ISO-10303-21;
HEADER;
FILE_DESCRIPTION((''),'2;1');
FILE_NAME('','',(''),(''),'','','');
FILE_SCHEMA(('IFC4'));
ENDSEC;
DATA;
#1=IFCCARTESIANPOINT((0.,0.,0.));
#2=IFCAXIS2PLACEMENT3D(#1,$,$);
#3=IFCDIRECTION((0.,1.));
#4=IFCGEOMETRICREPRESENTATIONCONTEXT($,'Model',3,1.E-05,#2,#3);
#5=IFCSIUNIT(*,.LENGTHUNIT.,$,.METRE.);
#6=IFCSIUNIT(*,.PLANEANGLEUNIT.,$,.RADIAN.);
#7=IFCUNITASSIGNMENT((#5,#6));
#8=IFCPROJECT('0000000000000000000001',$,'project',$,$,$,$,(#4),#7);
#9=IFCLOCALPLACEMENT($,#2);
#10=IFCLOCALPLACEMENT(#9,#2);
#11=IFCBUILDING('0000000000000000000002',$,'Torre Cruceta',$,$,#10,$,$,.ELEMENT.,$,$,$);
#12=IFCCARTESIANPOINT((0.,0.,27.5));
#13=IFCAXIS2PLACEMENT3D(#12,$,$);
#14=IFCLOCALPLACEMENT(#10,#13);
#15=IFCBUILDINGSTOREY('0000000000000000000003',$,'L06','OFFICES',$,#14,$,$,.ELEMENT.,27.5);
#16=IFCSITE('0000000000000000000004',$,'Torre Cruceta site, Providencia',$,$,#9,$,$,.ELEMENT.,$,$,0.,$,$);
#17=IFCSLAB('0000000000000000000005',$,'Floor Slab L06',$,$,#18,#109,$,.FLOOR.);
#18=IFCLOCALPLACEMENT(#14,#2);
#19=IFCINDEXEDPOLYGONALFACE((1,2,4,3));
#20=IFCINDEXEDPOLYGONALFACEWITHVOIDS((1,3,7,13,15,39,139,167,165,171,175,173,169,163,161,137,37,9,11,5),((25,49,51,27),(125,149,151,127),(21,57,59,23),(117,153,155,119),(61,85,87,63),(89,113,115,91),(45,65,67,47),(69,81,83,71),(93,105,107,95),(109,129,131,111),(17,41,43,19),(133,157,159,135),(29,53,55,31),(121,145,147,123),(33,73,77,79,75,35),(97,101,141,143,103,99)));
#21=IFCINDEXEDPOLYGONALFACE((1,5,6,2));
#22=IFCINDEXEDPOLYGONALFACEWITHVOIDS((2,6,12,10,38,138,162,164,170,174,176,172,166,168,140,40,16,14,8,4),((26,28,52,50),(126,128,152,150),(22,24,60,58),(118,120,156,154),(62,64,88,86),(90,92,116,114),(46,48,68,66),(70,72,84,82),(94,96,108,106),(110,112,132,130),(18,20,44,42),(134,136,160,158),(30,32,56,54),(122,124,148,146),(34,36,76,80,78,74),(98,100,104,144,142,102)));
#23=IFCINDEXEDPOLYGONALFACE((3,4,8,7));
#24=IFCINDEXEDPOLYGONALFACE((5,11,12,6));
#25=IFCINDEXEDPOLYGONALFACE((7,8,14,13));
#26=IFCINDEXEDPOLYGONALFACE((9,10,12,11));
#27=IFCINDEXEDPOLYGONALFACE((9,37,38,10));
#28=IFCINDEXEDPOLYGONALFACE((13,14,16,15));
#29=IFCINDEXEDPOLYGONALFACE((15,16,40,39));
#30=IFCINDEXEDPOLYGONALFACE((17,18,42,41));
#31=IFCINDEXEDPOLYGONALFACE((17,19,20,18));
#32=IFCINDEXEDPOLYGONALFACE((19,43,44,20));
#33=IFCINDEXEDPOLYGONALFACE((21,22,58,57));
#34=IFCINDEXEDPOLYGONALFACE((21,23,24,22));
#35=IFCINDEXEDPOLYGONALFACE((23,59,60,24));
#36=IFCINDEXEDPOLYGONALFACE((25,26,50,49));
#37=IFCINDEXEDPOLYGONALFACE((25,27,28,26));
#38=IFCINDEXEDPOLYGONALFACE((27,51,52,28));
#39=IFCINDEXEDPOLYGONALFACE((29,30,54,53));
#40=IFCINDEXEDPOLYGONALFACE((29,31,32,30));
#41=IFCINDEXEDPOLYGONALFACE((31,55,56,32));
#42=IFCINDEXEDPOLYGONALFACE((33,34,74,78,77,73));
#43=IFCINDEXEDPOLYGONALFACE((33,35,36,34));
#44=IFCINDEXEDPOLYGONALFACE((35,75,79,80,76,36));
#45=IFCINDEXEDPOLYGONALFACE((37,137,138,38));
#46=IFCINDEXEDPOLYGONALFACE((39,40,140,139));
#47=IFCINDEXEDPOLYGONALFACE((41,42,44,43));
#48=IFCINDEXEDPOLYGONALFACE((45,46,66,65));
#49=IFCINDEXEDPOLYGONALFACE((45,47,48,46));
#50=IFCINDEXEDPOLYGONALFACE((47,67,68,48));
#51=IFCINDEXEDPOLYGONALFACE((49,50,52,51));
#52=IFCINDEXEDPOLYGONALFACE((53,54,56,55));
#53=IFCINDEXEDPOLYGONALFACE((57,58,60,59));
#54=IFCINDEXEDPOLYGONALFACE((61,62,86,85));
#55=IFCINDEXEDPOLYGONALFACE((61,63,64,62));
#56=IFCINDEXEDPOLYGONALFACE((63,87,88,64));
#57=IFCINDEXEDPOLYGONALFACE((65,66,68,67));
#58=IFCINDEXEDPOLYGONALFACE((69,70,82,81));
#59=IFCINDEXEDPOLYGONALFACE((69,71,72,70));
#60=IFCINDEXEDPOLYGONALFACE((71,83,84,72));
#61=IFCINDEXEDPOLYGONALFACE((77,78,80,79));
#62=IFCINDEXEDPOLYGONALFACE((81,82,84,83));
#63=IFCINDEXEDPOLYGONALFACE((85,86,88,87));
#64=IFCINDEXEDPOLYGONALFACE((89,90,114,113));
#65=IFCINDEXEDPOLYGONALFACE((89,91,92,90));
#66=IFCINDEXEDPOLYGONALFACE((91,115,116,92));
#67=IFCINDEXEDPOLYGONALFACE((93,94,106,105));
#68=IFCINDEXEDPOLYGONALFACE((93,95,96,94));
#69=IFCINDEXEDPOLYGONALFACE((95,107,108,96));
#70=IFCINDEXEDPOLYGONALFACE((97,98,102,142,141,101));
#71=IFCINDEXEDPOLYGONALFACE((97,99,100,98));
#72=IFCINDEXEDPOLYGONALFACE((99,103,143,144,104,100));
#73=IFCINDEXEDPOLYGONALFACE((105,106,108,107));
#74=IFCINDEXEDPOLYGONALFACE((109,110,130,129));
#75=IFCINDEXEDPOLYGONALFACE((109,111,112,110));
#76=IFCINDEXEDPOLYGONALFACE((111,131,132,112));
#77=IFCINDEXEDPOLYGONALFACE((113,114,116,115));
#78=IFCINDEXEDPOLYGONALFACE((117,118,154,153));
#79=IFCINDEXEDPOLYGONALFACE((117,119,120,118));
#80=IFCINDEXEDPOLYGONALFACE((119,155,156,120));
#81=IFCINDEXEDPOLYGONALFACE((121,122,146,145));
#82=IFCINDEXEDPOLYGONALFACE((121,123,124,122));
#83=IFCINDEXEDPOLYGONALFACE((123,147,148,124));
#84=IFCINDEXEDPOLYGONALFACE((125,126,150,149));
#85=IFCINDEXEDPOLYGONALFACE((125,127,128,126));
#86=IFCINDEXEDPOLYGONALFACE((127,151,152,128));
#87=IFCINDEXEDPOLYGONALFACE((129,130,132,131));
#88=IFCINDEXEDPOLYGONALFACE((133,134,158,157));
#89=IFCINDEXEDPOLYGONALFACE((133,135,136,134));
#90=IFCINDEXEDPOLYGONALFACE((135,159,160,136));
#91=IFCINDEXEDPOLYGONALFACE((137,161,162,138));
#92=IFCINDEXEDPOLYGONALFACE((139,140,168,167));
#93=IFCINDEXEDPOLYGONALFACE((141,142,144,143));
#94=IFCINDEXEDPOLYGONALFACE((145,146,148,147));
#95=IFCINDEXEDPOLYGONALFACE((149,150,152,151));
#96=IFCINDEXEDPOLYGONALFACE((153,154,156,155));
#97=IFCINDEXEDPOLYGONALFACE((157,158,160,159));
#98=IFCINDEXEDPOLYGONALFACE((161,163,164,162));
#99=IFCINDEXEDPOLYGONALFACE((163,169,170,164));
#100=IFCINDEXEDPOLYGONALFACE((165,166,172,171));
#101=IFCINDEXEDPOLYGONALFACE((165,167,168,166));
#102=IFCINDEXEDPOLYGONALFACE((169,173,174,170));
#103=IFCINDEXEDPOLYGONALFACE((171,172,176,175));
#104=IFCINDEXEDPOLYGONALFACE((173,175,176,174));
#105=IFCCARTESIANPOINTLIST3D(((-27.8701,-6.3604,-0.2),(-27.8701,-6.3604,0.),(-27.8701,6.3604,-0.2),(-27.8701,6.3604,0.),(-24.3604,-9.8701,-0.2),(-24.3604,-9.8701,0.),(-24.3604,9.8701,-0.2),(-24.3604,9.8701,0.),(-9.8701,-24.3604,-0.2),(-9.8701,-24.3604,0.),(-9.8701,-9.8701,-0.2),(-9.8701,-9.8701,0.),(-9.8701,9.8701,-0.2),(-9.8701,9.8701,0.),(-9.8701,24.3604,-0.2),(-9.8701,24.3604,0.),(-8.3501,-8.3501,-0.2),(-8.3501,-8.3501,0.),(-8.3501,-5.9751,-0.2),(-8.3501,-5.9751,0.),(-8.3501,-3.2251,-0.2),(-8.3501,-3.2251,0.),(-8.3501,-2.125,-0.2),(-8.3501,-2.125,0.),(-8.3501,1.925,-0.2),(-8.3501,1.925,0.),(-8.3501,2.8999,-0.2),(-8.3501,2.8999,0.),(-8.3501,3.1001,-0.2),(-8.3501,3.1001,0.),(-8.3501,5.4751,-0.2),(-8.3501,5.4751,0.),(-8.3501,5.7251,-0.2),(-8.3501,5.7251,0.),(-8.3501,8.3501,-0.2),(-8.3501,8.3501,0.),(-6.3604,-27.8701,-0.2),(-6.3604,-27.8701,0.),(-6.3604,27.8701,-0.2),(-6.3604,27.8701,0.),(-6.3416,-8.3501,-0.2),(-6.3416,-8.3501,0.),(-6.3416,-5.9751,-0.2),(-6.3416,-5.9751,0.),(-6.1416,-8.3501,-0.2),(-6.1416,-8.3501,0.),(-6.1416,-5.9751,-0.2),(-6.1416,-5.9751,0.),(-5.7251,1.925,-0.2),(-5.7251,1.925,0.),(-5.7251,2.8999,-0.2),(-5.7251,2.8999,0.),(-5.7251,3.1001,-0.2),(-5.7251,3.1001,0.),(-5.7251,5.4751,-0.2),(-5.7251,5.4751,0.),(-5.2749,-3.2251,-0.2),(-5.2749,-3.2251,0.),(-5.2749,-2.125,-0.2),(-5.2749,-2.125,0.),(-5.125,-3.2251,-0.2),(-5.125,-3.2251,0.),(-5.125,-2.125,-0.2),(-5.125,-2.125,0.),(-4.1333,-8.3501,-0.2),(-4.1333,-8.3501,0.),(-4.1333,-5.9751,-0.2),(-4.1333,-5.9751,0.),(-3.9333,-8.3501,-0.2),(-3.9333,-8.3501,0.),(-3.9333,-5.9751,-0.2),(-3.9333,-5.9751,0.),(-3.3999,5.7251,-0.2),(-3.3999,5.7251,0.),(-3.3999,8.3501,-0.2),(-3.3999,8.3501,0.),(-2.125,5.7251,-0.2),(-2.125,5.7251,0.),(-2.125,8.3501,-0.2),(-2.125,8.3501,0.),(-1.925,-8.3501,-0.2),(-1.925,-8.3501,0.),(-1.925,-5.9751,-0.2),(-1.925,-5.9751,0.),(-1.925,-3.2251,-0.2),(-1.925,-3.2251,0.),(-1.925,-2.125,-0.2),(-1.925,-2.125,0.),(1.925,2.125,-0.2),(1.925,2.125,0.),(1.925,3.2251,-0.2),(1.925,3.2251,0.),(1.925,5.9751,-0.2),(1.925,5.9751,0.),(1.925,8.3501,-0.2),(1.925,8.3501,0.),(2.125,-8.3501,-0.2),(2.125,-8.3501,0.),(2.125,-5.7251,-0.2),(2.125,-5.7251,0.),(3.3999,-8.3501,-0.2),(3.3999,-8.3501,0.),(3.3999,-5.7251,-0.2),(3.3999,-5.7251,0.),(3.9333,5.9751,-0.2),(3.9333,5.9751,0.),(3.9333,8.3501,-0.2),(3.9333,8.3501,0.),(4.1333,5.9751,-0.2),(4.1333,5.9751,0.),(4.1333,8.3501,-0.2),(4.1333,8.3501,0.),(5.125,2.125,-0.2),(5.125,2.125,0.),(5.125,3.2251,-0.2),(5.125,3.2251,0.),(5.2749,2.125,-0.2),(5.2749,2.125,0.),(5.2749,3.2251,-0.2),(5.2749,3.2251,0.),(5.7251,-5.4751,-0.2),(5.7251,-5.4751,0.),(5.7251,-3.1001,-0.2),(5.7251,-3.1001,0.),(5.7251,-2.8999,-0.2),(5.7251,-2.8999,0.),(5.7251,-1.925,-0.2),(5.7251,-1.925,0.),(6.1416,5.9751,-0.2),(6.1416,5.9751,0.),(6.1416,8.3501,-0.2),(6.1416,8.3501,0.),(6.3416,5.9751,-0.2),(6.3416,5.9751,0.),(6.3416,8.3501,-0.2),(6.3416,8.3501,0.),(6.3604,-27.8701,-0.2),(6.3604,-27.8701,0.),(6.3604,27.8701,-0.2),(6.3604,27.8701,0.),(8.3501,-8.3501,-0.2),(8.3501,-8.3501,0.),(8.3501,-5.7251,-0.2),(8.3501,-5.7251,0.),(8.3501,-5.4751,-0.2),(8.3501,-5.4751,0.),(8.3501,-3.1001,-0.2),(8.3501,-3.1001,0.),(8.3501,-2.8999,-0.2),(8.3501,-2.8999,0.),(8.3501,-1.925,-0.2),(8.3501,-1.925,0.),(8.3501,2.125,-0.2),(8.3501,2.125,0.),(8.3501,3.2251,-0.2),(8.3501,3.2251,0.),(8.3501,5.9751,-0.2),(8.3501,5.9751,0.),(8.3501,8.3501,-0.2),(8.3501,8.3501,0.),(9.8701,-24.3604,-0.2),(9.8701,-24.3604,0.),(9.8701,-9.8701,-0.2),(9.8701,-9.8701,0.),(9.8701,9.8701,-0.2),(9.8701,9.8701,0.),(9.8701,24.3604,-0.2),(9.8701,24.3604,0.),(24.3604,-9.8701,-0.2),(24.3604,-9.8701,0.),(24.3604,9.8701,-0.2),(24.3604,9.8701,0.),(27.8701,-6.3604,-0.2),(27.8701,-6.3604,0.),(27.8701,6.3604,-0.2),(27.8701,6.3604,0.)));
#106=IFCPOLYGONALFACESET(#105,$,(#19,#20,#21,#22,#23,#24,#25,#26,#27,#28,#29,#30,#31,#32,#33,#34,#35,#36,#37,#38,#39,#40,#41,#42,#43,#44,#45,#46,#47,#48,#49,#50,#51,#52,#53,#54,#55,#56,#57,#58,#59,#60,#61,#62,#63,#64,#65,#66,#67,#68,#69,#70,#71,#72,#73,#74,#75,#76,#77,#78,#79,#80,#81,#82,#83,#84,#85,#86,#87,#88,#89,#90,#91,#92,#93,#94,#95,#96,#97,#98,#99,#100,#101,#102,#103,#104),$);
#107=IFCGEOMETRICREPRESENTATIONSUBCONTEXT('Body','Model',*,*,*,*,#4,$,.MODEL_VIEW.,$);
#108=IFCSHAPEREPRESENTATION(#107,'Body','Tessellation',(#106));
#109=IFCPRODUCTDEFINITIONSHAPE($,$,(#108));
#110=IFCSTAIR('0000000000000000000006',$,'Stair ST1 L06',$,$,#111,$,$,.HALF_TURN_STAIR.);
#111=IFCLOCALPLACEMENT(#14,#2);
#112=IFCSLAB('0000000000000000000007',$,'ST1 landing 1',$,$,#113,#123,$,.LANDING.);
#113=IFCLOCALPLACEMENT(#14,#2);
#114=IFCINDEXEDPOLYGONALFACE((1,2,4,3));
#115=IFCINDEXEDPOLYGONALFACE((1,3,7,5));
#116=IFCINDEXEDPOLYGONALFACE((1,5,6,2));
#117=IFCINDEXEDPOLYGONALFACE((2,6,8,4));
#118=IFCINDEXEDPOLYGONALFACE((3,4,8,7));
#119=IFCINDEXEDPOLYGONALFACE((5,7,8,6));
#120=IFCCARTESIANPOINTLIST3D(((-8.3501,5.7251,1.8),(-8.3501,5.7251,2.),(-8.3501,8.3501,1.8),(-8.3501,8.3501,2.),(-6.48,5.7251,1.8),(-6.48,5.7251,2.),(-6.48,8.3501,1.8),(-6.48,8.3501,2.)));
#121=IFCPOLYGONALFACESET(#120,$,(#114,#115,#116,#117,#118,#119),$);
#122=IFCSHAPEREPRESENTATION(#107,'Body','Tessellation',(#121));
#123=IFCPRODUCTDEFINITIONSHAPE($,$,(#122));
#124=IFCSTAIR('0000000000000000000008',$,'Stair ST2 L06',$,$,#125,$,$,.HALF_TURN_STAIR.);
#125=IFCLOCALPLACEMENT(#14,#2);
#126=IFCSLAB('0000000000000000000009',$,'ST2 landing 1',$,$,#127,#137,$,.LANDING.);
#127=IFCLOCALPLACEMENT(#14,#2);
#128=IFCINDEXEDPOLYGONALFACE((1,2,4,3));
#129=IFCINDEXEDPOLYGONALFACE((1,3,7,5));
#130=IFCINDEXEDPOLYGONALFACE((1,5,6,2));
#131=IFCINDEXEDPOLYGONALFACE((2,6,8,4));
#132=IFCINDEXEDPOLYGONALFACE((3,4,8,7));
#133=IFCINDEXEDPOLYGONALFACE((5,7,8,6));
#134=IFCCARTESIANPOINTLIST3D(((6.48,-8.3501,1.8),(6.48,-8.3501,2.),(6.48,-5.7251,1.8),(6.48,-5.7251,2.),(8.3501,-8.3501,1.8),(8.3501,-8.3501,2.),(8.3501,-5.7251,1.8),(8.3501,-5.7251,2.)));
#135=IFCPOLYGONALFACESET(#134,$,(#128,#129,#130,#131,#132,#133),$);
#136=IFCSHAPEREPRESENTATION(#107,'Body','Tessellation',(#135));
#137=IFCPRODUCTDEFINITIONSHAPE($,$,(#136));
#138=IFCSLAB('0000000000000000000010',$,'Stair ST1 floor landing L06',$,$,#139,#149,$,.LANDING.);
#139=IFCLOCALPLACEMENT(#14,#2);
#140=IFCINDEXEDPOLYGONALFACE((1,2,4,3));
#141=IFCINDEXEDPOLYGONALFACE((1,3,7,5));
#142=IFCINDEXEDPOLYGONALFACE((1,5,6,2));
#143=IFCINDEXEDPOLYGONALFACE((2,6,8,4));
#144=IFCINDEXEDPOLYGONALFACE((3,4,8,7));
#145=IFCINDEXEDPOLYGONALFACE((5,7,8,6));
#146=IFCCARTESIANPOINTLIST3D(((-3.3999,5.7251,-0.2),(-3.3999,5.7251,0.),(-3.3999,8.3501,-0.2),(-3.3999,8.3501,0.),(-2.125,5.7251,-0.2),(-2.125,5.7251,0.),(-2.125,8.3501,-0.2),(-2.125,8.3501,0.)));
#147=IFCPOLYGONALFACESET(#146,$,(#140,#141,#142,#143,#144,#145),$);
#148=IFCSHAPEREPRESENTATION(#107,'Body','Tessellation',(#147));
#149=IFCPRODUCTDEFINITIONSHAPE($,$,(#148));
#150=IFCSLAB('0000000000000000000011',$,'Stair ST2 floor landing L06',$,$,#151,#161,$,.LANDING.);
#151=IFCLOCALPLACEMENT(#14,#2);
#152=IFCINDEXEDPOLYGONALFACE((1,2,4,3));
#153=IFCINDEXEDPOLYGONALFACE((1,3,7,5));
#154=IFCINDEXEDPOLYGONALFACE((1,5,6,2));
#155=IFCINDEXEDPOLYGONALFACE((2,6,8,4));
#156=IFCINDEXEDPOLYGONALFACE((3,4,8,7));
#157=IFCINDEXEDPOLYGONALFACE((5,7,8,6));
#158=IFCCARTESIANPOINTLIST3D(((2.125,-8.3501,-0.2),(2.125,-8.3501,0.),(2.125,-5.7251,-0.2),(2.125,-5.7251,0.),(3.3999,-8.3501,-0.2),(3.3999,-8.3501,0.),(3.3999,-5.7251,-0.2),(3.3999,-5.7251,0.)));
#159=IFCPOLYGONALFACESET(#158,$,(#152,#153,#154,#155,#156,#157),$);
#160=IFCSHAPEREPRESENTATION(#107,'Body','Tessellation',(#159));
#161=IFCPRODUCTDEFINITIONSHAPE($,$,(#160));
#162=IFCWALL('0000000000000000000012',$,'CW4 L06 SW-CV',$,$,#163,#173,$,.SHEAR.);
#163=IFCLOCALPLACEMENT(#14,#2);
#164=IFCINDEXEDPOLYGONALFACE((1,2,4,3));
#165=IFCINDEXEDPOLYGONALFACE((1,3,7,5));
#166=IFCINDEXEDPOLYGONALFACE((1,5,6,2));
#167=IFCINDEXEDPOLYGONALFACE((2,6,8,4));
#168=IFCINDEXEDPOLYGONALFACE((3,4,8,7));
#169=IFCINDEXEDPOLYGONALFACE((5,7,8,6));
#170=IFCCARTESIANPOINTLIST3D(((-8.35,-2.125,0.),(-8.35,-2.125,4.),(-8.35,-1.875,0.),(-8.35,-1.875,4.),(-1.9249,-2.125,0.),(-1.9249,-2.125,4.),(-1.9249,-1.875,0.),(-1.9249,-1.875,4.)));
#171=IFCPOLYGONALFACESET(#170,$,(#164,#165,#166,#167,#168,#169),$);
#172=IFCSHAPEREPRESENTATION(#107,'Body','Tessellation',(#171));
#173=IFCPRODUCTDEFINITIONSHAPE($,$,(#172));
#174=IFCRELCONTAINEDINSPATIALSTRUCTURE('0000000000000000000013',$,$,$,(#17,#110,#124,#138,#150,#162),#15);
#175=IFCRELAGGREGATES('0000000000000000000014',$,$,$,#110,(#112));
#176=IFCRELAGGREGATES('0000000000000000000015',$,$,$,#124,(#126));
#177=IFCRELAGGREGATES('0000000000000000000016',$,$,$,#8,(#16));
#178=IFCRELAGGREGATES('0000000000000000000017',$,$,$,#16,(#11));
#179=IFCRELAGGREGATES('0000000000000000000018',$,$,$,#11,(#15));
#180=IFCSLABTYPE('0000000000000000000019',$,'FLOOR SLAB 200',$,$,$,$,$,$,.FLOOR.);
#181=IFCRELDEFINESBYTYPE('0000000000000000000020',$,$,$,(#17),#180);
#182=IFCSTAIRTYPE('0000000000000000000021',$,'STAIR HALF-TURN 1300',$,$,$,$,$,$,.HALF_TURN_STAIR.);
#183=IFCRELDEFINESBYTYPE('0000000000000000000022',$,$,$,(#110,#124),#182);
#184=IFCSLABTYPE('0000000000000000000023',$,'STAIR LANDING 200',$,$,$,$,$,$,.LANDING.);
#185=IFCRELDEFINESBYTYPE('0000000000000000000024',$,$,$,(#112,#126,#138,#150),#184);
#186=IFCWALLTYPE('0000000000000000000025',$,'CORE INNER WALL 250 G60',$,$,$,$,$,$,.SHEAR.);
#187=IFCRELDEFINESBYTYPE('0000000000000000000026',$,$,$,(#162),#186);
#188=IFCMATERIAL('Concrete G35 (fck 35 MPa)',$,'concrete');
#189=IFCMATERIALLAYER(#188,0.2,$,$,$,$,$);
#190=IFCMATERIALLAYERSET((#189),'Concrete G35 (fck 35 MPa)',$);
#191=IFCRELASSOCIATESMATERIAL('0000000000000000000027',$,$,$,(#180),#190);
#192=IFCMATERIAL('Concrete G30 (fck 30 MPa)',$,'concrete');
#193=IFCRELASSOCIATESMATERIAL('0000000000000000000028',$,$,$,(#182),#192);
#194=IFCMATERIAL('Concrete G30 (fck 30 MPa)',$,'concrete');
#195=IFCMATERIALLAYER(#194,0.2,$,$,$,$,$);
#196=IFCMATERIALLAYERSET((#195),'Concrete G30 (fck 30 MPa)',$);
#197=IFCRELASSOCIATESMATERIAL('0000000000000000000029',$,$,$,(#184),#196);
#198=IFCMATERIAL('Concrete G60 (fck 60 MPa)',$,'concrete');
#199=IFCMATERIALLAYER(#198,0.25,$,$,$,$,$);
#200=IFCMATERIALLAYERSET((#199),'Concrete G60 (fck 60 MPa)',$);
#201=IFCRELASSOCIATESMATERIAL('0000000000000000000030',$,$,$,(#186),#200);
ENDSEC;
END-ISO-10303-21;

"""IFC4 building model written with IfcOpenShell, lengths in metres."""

from ifc_helpers import new_model, si_unit, direction, frame, frame_2d, origin, place, context, subcontext, project, spatial, polyline, rectangle, outline, extrude, material, layer, layer_set, type_object, element, aggregate, save


model = new_model("IFC4")

# Units and contexts
model_context = context("Model", 3, precision=1e-05, world=origin(), true_north=direction((0.0, 1.0)))
body_context = subcontext(model_context, "Body", "Model", "MODEL_VIEW")
ifc_project = project(units=[si_unit("LENGTHUNIT", "METRE"), si_unit("PLANEANGLEUNIT", "RADIAN")], contexts=[model_context])

# Site, building, storey
site_placement = place(None, origin())
site = spatial("IfcSite", under=ifc_project, at=site_placement, Name="Torre Cruceta site, Providencia", CompositionType="ELEMENT", RefElevation=0.0)
building_placement = place(site_placement, origin())
building = spatial("IfcBuilding", under=site, at=building_placement, Name="Torre Cruceta", CompositionType="ELEMENT")
storey_placement = place(building_placement, frame((0.0, 0.0, 27.5)))
storey = spatial("IfcBuildingStorey", under=building, at=storey_placement, Name="L06", Description="OFFICES", CompositionType="ELEMENT", Elevation=27.5)

# Slab
ifc_material_1 = material(Name="Concrete G35 (fck 35 MPa)", Category="concrete")
ifc_layer_1 = layer(ifc_material_1, 0.2)
ifc_layer_set_1 = layer_set([ifc_layer_1], Name="Concrete G35 (fck 35 MPa)")
slab_type_1 = type_object("IfcSlabType", Name="FLOOR SLAB 200", PredefinedType="FLOOR", material=ifc_layer_set_1)
slab_1_placement = place(storey_placement, frame((0.0, 0.0, -0.2)))
element("IfcSlab", 1, at=slab_1_placement, inside=storey, type_object=slab_type_1, Name="Floor Slab L06", PredefinedType="FLOOR", context=body_context, shape_type="SweptSolid", body=[
    extrude(outline(polyline([(9.8701, -9.8701), (9.8701, -24.3604), (6.3604, -27.8701), (-6.3604, -27.8701), (-9.8701, -24.3604), (-9.8701, -9.8701), (-24.3604, -9.8701), (-27.8701, -6.3604), (-27.8701, 6.3604), (-24.3604, 9.8701), (-9.8701, 9.8701), (-9.8701, 24.3604), (-6.3604, 27.8701), (6.3604, 27.8701), (9.8701, 24.3604), (9.8701, 9.8701), (24.3604, 9.8701), (27.8701, 6.3604), (27.8701, -6.3604), (24.3604, -9.8701), (9.8701, -9.8701)]), holes=[polyline([(1.925, 5.9751), (3.9333, 5.9751), (3.9333, 8.3501), (1.925, 8.3501), (1.925, 5.9751)]), polyline([(4.1333, 5.9751), (6.1416, 5.9751), (6.1416, 8.3501), (4.1333, 8.3501), (4.1333, 5.9751)]), polyline([(6.3416, 5.9751), (8.3501, 5.9751), (8.3501, 8.3501), (6.3416, 8.3501), (6.3416, 5.9751)]), polyline([(1.925, 2.125), (5.125, 2.125), (5.125, 3.2251), (1.925, 3.2251), (1.925, 2.125)]), polyline([(5.2749, 2.125), (8.3501, 2.125), (8.3501, 3.2251), (5.2749, 3.2251), (5.2749, 2.125)]), polyline([(-8.3501, 3.1001), (-5.7251, 3.1001), (-5.7251, 5.4751), (-8.3501, 5.4751), (-8.3501, 3.1001)]), polyline([(-8.3501, 1.925), (-5.7251, 1.925), (-5.7251, 2.8999), (-8.3501, 2.8999), (-8.3501, 1.925)]), polyline([(-3.9333, -8.3501), (-1.925, -8.3501), (-1.925, -5.9751), (-3.9333, -5.9751), (-3.9333, -8.3501)]), polyline([(-6.1416, -8.3501), (-4.1333, -8.3501), (-4.1333, -5.9751), (-6.1416, -5.9751), (-6.1416, -8.3501)]), polyline([(-8.3501, -8.3501), (-6.3416, -8.3501), (-6.3416, -5.9751), (-8.3501, -5.9751), (-8.3501, -8.3501)]), polyline([(-5.125, -3.2251), (-1.925, -3.2251), (-1.925, -2.125), (-5.125, -2.125), (-5.125, -3.2251)]), polyline([(-8.3501, -3.2251), (-5.2749, -3.2251), (-5.2749, -2.125), (-8.3501, -2.125), (-8.3501, -3.2251)]), polyline([(5.7251, -5.4751), (8.3501, -5.4751), (8.3501, -3.1001), (5.7251, -3.1001), (5.7251, -5.4751)]), polyline([(5.7251, -2.8999), (8.3501, -2.8999), (8.3501, -1.925), (5.7251, -1.925), (5.7251, -2.8999)]), polyline([(-8.3501, 5.7251), (-8.3501, 8.3501), (-3.3999, 8.3501), (-2.125, 8.3501), (-2.125, 5.7251), (-3.3999, 5.7251), (-8.3501, 5.7251)]), polyline([(2.125, -5.7251), (3.3999, -5.7251), (8.3501, -5.7251), (8.3501, -8.3501), (3.3999, -8.3501), (2.125, -8.3501), (2.125, -5.7251)])]), origin(), (0.0, 0.0, 1.0), 0.2),
])

# Stairs, slabs
ifc_material_2 = material(Name="Concrete G30 (fck 30 MPa)", Category="concrete")
stair_type = type_object("IfcStairType", Name="STAIR HALF-TURN 1300", PredefinedType="HALF_TURN_STAIR", material=ifc_material_2)
stair_1_placement = place(storey_placement, origin())
stair_1 = element("IfcStair", 2, at=stair_1_placement, inside=storey, type_object=stair_type, Name="Stair ST1 L06", PredefinedType="HALF_TURN_STAIR")
ifc_material_3 = material(Name="Concrete G30 (fck 30 MPa)", Category="concrete")
ifc_layer_2 = layer(ifc_material_3, 0.2)
ifc_layer_set_2 = layer_set([ifc_layer_2], Name="Concrete G30 (fck 30 MPa)")
slab_type_2 = type_object("IfcSlabType", Name="STAIR LANDING 200", PredefinedType="LANDING", material=ifc_layer_set_2)
slab_2_placement = place(storey_placement, frame((0.0, 0.0, 1.8)))
slab_2 = element("IfcSlab", 3, at=slab_2_placement, type_object=slab_type_2, Name="ST1 landing 1", PredefinedType="LANDING", context=body_context, shape_type="SweptSolid", body=[
    extrude(outline(polyline([(-8.3501, 5.7251), (-6.48, 5.7251), (-6.48, 8.3501), (-8.3501, 8.3501), (-8.3501, 5.7251)])), origin(), (0.0, 0.0, 1.0), 0.2),
])
aggregate(stair_1, [slab_2])
stair_2_placement = place(storey_placement, origin())
stair_2 = element("IfcStair", 4, at=stair_2_placement, inside=storey, type_object=stair_type, Name="Stair ST2 L06", PredefinedType="HALF_TURN_STAIR")
slab_3_placement = place(storey_placement, frame((0.0, 0.0, 1.8)))
slab_3 = element("IfcSlab", 5, at=slab_3_placement, type_object=slab_type_2, Name="ST2 landing 1", PredefinedType="LANDING", context=body_context, shape_type="SweptSolid", body=[
    extrude(outline(polyline([(6.48, -8.3501), (8.3501, -8.3501), (8.3501, -5.7251), (6.48, -5.7251), (6.48, -8.3501)])), origin(), (0.0, 0.0, 1.0), 0.2),
])
aggregate(stair_2, [slab_3])

# Slabs
slab_4_placement = place(storey_placement, frame((0.0, 0.0, -0.2)))
element("IfcSlab", 6, at=slab_4_placement, inside=storey, type_object=slab_type_2, Name="Stair ST1 floor landing L06", PredefinedType="LANDING", context=body_context, shape_type="SweptSolid", body=[
    extrude(outline(polyline([(-2.125, 8.3501), (-2.125, 5.7251), (-3.3999, 5.7251), (-3.3999, 8.3501), (-2.125, 8.3501)])), origin(), (0.0, 0.0, 1.0), 0.2),
])
slab_5_placement = place(storey_placement, frame((0.0, 0.0, -0.2)))
element("IfcSlab", 7, at=slab_5_placement, inside=storey, type_object=slab_type_2, Name="Stair ST2 floor landing L06", PredefinedType="LANDING", context=body_context, shape_type="SweptSolid", body=[
    extrude(outline(polyline([(2.125, -8.3501), (2.125, -5.7251), (3.3999, -5.7251), (3.3999, -8.3501), (2.125, -8.3501)])), origin(), (0.0, 0.0, 1.0), 0.2),
])

# Shared definitions
ifc_material_4 = material(Name="Concrete G60 (fck 60 MPa)", Category="concrete")
ifc_layer_3 = layer(ifc_material_4, 0.25)
ifc_layer_set_3 = layer_set([ifc_layer_3], Name="Concrete G60 (fck 60 MPa)")
wall_type_1 = type_object("IfcWallType", Name="CORE INNER WALL 250 G60", PredefinedType="SHEAR", material=ifc_layer_set_3)

# Wall
wall_1_placement = place(storey_placement, frame((-1.925, -2.0, 0.0), z_axis=(0.0, 0.0, 1.0), x_axis=(-1.0, 0.0, 0.0)))
element("IfcWall", 8, at=wall_1_placement, inside=storey, type_object=wall_type_1, Name="CW4 L06 SW-CV", PredefinedType="SHEAR", context=body_context, shape_type="SweptSolid", body=[
    extrude(rectangle(XDim=6.425, YDim=0.25, at=frame_2d((3.2124, 0.0))), origin(), (0.0, 0.0, 1.0), 4.0),
])

save(model, "model.ifc")
